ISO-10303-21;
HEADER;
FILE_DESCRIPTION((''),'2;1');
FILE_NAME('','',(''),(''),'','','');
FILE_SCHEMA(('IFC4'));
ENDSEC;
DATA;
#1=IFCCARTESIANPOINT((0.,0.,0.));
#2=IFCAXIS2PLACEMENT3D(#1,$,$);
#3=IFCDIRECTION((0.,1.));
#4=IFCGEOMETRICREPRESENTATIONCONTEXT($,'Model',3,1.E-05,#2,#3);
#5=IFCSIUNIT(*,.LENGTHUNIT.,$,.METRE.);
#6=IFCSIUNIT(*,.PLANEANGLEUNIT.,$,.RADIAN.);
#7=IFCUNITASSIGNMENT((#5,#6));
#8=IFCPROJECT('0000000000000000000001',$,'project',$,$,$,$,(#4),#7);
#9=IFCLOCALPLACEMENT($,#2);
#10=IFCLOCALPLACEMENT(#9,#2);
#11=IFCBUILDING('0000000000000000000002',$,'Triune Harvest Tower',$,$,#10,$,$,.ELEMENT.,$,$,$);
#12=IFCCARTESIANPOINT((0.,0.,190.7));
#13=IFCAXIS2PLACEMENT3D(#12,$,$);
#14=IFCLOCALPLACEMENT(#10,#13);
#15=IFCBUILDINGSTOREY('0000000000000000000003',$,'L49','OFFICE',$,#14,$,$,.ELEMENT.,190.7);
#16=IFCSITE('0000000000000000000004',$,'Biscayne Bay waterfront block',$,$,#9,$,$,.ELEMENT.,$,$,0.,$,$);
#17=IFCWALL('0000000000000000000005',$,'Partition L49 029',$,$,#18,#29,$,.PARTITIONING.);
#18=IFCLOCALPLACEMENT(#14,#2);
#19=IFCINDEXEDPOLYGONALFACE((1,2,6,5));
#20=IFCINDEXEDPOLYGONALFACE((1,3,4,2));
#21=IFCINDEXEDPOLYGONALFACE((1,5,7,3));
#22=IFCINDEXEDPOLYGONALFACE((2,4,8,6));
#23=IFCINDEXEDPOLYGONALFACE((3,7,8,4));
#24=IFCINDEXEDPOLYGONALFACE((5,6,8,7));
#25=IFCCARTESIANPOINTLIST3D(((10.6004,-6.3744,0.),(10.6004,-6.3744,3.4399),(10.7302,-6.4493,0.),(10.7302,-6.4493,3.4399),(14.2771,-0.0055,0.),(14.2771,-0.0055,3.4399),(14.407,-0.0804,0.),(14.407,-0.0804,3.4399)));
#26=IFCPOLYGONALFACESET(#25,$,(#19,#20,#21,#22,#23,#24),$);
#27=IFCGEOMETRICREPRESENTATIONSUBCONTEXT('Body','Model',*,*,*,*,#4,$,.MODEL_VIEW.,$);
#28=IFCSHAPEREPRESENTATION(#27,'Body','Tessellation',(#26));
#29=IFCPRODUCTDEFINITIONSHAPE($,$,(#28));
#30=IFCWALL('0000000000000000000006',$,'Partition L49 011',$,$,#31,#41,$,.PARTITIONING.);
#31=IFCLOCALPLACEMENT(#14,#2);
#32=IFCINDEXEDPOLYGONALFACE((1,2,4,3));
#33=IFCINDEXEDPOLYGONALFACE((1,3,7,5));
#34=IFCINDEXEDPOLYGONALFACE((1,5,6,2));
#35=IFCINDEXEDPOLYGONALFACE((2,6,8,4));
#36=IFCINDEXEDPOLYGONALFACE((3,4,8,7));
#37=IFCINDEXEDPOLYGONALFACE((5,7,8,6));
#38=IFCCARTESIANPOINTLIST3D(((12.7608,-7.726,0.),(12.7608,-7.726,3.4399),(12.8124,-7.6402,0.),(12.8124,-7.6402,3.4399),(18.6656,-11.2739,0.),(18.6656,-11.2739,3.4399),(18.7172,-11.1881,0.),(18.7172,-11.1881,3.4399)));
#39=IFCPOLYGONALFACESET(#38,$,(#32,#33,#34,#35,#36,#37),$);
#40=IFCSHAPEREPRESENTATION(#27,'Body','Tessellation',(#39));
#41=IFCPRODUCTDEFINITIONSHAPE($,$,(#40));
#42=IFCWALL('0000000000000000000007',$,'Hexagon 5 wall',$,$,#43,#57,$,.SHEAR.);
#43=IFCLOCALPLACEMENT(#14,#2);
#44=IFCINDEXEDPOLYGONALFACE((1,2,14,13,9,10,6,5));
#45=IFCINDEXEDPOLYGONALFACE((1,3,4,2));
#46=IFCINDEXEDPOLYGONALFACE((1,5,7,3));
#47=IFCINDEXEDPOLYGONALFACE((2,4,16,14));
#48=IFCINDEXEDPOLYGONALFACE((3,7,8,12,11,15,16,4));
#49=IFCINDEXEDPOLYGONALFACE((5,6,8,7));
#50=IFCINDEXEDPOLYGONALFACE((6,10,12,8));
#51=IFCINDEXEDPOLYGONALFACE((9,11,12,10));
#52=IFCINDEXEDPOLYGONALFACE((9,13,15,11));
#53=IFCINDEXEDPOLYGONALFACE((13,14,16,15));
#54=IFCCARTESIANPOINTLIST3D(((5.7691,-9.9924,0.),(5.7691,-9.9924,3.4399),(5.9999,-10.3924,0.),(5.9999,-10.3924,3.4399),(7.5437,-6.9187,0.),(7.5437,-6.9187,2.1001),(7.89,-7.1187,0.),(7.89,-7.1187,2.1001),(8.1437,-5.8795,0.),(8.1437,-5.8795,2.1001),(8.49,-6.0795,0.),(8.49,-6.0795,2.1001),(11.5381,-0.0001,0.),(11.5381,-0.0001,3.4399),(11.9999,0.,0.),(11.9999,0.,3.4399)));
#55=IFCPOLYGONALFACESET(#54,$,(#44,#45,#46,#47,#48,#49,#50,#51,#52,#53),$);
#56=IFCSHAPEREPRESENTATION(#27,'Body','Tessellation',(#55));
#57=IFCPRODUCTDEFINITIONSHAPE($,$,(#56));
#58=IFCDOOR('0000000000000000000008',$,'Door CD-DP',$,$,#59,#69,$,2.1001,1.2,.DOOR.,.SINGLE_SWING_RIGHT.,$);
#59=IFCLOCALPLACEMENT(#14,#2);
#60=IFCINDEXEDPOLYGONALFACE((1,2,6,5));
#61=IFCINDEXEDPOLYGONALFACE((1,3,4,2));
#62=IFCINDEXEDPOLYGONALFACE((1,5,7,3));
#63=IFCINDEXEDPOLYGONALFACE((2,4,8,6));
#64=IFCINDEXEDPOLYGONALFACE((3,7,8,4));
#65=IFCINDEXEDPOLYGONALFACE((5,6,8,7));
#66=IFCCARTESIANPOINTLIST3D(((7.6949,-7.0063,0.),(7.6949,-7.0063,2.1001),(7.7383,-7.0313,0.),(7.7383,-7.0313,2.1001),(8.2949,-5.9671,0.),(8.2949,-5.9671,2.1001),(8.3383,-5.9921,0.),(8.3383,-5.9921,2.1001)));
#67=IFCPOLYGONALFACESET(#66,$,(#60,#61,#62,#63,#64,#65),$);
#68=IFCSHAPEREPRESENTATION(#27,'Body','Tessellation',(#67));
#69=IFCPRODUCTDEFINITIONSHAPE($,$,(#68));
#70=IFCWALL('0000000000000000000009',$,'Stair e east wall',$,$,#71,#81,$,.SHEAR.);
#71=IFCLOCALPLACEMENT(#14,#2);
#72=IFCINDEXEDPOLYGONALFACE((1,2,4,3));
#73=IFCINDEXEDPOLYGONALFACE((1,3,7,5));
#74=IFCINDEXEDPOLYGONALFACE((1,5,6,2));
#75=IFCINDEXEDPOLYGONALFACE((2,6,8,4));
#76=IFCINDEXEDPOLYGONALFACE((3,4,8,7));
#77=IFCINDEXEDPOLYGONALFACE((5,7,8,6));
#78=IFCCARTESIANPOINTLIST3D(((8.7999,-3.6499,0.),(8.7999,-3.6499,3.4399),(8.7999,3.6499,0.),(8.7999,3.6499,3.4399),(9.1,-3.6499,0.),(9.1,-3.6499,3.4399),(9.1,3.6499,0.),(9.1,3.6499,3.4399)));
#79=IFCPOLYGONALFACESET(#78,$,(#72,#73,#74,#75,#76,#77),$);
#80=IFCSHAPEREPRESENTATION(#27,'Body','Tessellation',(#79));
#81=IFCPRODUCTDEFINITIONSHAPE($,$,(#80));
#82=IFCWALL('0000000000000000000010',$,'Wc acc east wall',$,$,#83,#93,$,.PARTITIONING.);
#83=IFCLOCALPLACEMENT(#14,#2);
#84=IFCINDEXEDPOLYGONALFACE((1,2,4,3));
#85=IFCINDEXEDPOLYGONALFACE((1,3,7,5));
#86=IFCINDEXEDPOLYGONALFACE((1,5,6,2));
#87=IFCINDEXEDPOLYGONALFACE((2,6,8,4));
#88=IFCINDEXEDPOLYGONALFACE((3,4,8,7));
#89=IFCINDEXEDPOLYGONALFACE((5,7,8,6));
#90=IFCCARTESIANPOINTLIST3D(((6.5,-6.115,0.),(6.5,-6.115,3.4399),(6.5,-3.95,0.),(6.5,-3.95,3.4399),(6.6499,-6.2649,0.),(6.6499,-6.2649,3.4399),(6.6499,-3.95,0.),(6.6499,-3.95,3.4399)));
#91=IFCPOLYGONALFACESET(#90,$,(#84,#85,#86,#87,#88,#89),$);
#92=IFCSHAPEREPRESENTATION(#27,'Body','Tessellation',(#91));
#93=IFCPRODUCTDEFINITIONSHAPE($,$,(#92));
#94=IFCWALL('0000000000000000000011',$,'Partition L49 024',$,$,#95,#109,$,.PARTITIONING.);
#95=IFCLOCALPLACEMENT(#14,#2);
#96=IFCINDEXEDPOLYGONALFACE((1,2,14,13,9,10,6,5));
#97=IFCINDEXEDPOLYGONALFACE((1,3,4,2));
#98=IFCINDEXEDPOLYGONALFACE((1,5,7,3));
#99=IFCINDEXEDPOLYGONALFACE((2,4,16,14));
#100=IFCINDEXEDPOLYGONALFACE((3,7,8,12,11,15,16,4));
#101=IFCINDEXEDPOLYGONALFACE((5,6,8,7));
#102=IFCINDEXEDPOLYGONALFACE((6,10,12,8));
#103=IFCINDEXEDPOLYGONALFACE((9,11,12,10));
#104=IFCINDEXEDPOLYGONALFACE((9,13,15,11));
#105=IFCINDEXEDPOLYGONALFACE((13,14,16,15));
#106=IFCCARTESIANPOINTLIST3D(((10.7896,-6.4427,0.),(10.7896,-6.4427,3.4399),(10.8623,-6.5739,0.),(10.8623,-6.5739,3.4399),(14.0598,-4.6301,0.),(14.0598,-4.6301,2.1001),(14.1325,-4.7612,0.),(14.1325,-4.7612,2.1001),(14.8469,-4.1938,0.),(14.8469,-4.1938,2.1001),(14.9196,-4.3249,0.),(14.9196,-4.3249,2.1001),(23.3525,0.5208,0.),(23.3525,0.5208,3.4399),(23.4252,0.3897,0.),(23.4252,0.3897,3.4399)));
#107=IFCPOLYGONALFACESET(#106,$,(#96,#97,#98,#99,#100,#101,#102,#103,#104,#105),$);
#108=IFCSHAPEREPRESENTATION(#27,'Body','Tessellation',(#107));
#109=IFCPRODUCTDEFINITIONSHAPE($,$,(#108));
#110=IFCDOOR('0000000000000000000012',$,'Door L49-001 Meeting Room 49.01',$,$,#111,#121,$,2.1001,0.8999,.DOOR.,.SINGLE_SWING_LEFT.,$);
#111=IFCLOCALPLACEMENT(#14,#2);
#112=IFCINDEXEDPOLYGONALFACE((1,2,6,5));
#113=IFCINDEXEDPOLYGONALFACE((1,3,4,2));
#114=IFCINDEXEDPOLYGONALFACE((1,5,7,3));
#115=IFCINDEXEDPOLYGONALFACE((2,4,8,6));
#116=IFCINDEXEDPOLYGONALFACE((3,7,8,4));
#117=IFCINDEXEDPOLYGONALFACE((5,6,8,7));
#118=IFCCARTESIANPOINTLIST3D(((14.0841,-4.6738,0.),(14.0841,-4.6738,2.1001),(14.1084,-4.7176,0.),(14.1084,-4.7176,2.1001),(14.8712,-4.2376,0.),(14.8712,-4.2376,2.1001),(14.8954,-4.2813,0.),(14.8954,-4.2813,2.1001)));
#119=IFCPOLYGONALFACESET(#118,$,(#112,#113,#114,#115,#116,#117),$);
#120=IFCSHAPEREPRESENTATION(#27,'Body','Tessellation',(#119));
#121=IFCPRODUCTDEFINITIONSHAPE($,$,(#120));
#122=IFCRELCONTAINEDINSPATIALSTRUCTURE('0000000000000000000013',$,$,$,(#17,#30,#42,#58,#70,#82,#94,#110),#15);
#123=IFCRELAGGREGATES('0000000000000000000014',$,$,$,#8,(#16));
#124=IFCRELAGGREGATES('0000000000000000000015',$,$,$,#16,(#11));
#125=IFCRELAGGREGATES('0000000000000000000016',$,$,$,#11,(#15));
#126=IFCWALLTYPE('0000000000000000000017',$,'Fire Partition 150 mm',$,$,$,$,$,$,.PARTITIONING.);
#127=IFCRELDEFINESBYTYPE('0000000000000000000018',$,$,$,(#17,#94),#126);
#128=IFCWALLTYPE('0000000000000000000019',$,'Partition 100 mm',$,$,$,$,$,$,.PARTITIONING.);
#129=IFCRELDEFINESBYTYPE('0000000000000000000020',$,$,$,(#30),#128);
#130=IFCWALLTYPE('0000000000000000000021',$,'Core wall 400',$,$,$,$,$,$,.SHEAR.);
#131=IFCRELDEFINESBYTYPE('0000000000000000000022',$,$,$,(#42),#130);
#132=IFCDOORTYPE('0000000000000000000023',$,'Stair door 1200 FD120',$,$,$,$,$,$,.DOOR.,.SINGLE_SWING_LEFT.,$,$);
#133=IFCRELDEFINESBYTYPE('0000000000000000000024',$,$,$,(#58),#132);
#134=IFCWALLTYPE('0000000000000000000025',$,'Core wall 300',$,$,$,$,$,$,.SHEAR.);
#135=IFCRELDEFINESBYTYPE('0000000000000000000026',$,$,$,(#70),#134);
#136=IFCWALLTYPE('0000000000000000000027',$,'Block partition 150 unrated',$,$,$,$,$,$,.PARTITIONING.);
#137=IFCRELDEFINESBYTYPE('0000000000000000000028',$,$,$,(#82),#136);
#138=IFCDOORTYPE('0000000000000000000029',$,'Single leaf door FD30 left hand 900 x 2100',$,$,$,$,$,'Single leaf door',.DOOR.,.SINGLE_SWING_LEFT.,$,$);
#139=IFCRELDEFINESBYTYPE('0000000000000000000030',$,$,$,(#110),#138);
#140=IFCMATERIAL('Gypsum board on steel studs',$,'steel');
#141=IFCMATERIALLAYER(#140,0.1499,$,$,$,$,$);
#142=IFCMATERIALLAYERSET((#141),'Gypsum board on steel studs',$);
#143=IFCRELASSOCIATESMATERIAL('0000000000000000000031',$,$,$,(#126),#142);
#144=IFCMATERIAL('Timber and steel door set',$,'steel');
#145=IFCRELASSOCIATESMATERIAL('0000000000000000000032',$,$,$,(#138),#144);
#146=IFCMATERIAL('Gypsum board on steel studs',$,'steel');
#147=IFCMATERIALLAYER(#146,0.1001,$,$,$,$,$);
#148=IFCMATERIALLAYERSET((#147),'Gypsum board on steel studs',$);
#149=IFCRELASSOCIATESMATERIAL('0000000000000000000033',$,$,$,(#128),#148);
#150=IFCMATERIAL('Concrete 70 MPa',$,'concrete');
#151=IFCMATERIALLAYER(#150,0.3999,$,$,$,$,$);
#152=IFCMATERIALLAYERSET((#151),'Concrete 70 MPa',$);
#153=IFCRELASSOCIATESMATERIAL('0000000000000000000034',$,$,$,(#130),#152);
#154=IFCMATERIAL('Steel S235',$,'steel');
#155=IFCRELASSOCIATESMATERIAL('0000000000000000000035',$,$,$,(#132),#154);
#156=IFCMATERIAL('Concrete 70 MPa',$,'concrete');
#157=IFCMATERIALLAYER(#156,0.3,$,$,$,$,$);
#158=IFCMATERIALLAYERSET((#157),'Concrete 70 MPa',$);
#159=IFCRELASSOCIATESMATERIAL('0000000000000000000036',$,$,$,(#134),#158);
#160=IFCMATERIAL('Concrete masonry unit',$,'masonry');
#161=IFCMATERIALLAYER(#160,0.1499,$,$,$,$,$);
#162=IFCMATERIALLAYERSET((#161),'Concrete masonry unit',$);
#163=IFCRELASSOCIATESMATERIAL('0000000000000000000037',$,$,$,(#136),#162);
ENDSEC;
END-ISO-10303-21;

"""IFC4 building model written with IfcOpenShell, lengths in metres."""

from ifc_helpers import new_model, si_unit, direction, frame, frame_2d, origin, place, context, subcontext, project, spatial, polyline, rectangle, outline, extrude, source, transform, mapped, material, layer, layer_set, type_object, element, fill, save


model = new_model("IFC4")

# Units and contexts
model_context = context("Model", 3, precision=1e-05, world=origin(), true_north=direction((0.0, 1.0)))
body_context = subcontext(model_context, "Body", "Model", "MODEL_VIEW")
ifc_project = project(units=[si_unit("LENGTHUNIT", "METRE"), si_unit("PLANEANGLEUNIT", "RADIAN")], contexts=[model_context])

# Site, building, storey
site_placement = place(None, origin())
site = spatial("IfcSite", under=ifc_project, at=site_placement, Name="Biscayne Bay waterfront block", CompositionType="ELEMENT", RefElevation=0.0)
building_placement = place(site_placement, origin())
building = spatial("IfcBuilding", under=site, at=building_placement, Name="Triune Harvest Tower", CompositionType="ELEMENT")
storey_placement = place(building_placement, frame((0.0, 0.0, 190.7)))
storey = spatial("IfcBuildingStorey", under=building, at=storey_placement, Name="L49", Description="OFFICE", CompositionType="ELEMENT", Elevation=190.7)

# Shared definitions
ifc_material_1 = material(Name="Gypsum board on steel studs", Category="steel")
ifc_layer_1 = layer(ifc_material_1, 0.1499)
ifc_layer_set_1 = layer_set([ifc_layer_1], Name="Gypsum board on steel studs")
wall_type_1 = type_object("IfcWallType", Name="Fire Partition 150 mm", PredefinedType="PARTITIONING", material=ifc_layer_set_1)
ifc_material_2 = material(Name="Timber and steel door set", Category="steel")
door_type_1 = type_object("IfcDoorType", Name="Single leaf door FD30 left hand 900 x 2100", ElementType="Single leaf door", OperationType="SINGLE_SWING_LEFT", PredefinedType="DOOR", material=ifc_material_2)

# Walls
wall_1_placement = place(storey_placement, frame((10.6653, -6.4119, 0.0), z_axis=(0.0, 0.0, 1.0), x_axis=(0.499967, 0.866045, 0.0)))
element("IfcWall", 1, at=wall_1_placement, inside=storey, type_object=wall_type_1, Name="Partition L49 029", PredefinedType="PARTITIONING", context=body_context, shape_type="SweptSolid", body=[
    extrude(rectangle(XDim=7.354, YDim=0.1499, at=frame_2d((3.677, 0.0))), origin(), (0.0, 0.0, 1.0), 3.4399),
])
ifc_material_3 = material(Name="Gypsum board on steel studs", Category="steel")
ifc_layer_2 = layer(ifc_material_3, 0.1001)
ifc_layer_set_2 = layer_set([ifc_layer_2], Name="Gypsum board on steel studs")
wall_type_2 = type_object("IfcWallType", Name="Partition 100 mm", PredefinedType="PARTITIONING", material=ifc_layer_set_2)
wall_2_placement = place(storey_placement, frame((12.7866, -7.6831, 0.0), z_axis=(0.0, 0.0, 1.0), x_axis=(0.857174, -0.515027, 0.0)))
element("IfcWall", 2, at=wall_2_placement, inside=storey, type_object=wall_type_2, Name="Partition L49 011", PredefinedType="PARTITIONING", context=body_context, shape_type="SweptSolid", body=[
    extrude(rectangle(XDim=6.8887, YDim=0.1001, at=frame_2d((3.4443, 0.0))), origin(), (0.0, 0.0, 1.0), 3.4399),
])

# Wall, opening, door
ifc_material_4 = material(Name="Concrete 70 MPa", Category="concrete")
ifc_layer_3 = layer(ifc_material_4, 0.3999)
ifc_layer_set_3 = layer_set([ifc_layer_3], Name="Concrete 70 MPa")
wall_type_3 = type_object("IfcWallType", Name="Core wall 400", PredefinedType="SHEAR", material=ifc_layer_set_3)
shared_shape_1 = source(origin(), body_context, "Body", "SweptSolid", [
    extrude(outline(polyline([(-0.1155, -0.2), (11.8845, -0.2), (11.6536, 0.2), (0.1155, 0.2), (-0.1155, -0.2)])), origin(), (0.0, 0.0, 1.0), 3.4399),
])
wall_3_placement = place(storey_placement, frame((5.8845, -10.1924, 0.0), z_axis=(0.0, 0.0, 1.0), x_axis=(0.499997, 0.866027, 0.0)))
wall_3 = element("IfcWall", 3, at=wall_3_placement, inside=storey, type_object=wall_type_3, Name="Hexagon 5 wall", PredefinedType="SHEAR", context=body_context, shape_type="MappedRepresentation", body=[
    mapped(shared_shape_1, transform((0.0, 0.0, 0.0), scale=1.0)),
])
opening_1_placement = place(wall_3_placement, frame((3.6646, 0.0, 0.0)))
opening_1 = element("IfcOpeningElement", 4, at=opening_1_placement, cuts=wall_3, PredefinedType="OPENING", context=body_context, shape_type="SweptSolid", body=[
    extrude(rectangle(XDim=1.2, YDim=2.1001, at=frame_2d((0.6001, 1.05))), frame((0.0, 0.21, 0.0), z_axis=(0.0, -1.0, 0.0), x_axis=(1.0, 0.0, 0.0)), (0.0, 0.0, 1.0), 0.4199),
])
ifc_material_5 = material(Name="Steel S235", Category="steel")
door_type_2 = type_object("IfcDoorType", Name="Stair door 1200 FD120", OperationType="SINGLE_SWING_LEFT", PredefinedType="DOOR", material=ifc_material_5)
door_1_placement = place(opening_1_placement, frame((1.2, 0.0, 0.0), z_axis=(0.0, 0.0, 1.0), x_axis=(-1.0, 0.0, 0.0)))
door_1 = element("IfcDoor", 5, at=door_1_placement, inside=storey, type_object=door_type_2, Name="Door CD-DP", OperationType="SINGLE_SWING_RIGHT", OverallHeight=2.1001, OverallWidth=1.2, PredefinedType="DOOR", context=body_context, shape_type="SweptSolid", body=[
    extrude(rectangle(XDim=1.2, YDim=2.1001, at=frame_2d((0.6001, 1.05))), frame((0.0, 0.0249, 0.0), z_axis=(0.0, -1.0, 0.0), x_axis=(1.0, 0.0, 0.0)), (0.0, 0.0, 1.0), 0.05),
])
fill(opening_1, door_1)

# Walls
ifc_material_6 = material(Name="Concrete 70 MPa", Category="concrete")
ifc_layer_4 = layer(ifc_material_6, 0.3)
ifc_layer_set_4 = layer_set([ifc_layer_4], Name="Concrete 70 MPa")
wall_type_4 = type_object("IfcWallType", Name="Core wall 300", PredefinedType="SHEAR", material=ifc_layer_set_4)
shared_shape_2 = source(origin(), body_context, "Body", "SweptSolid", [
    extrude(rectangle(XDim=7.2998, YDim=0.3, at=frame_2d((3.6499, 0.0))), origin(), (0.0, 0.0, 1.0), 3.4399),
])
wall_4_placement = place(storey_placement, frame((8.95, -3.6499, 0.0), z_axis=(0.0, 0.0, 1.0), x_axis=(0.0, 1.0, 0.0)))
element("IfcWall", 6, at=wall_4_placement, inside=storey, type_object=wall_type_4, Name="Stair e east wall", PredefinedType="SHEAR", context=body_context, shape_type="MappedRepresentation", body=[
    mapped(shared_shape_2, transform((0.0, 0.0, 0.0), scale=1.0)),
])
ifc_material_7 = material(Name="Concrete masonry unit", Category="masonry")
ifc_layer_5 = layer(ifc_material_7, 0.1499)
ifc_layer_set_5 = layer_set([ifc_layer_5], Name="Concrete masonry unit")
wall_type_5 = type_object("IfcWallType", Name="Block partition 150 unrated", PredefinedType="PARTITIONING", material=ifc_layer_set_5)
shared_shape_3 = source(origin(), body_context, "Body", "SweptSolid", [
    extrude(outline(polyline([(-0.075, -0.075), (2.24, -0.075), (2.24, 0.075), (0.075, 0.075), (-0.075, -0.075)])), origin(), (0.0, 0.0, 1.0), 3.4399),
])
wall_5_placement = place(storey_placement, frame((6.575, -6.1899, 0.0), z_axis=(0.0, 0.0, 1.0), x_axis=(0.0, 1.0, 0.0)))
element("IfcWall", 7, at=wall_5_placement, inside=storey, type_object=wall_type_5, Name="Wc acc east wall", PredefinedType="PARTITIONING", context=body_context, shape_type="MappedRepresentation", body=[
    mapped(shared_shape_3, transform((0.0, 0.0, 0.0), scale=1.0)),
])

# Wall, opening, door
shared_shape_4 = source(origin(), body_context, "Body", "SweptSolid", [
    extrude(rectangle(XDim=14.3638, YDim=0.1499, at=frame_2d((7.1819, 0.0))), origin(), (0.0, 0.0, 1.0), 3.4399),
])
wall_6_placement = place(storey_placement, frame((10.8259, -6.5083, 0.0), z_axis=(0.0, 0.0, 1.0), x_axis=(0.874624, 0.484801, 0.0)))
wall_6 = element("IfcWall", 8, at=wall_6_placement, inside=storey, type_object=wall_type_1, Name="Partition L49 024", PredefinedType="PARTITIONING", context=body_context, shape_type="MappedRepresentation", body=[
    mapped(shared_shape_4, transform((0.0, 0.0, 0.0), scale=1.0)),
])
opening_2_placement = place(wall_6_placement, frame((3.739, 0.0, 0.0)))
opening_2 = element("IfcOpeningElement", 9, at=opening_2_placement, cuts=wall_6, PredefinedType="OPENING", context=body_context, shape_type="SweptSolid", body=[
    extrude(rectangle(XDim=0.8999, YDim=2.1001, at=frame_2d((0.45, 1.05))), frame((0.0, 0.085, 0.0), z_axis=(0.0, -1.0, 0.0), x_axis=(1.0, 0.0, 0.0)), (0.0, 0.0, 1.0), 0.1699),
])
door_2_placement = place(opening_2_placement, origin())
door_2 = element("IfcDoor", 10, at=door_2_placement, inside=storey, type_object=door_type_1, Name="Door L49-001 Meeting Room 49.01", OperationType="SINGLE_SWING_LEFT", OverallHeight=2.1001, OverallWidth=0.8999, PredefinedType="DOOR", context=body_context, shape_type="SweptSolid", body=[
    extrude(rectangle(XDim=0.8999, YDim=2.1001, at=frame_2d((0.45, 1.05))), frame((0.0, 0.0249, 0.0), z_axis=(0.0, -1.0, 0.0), x_axis=(1.0, 0.0, 0.0)), (0.0, 0.0, 1.0), 0.05),
])
fill(opening_2, door_2)

save(model, "model.ifc")
